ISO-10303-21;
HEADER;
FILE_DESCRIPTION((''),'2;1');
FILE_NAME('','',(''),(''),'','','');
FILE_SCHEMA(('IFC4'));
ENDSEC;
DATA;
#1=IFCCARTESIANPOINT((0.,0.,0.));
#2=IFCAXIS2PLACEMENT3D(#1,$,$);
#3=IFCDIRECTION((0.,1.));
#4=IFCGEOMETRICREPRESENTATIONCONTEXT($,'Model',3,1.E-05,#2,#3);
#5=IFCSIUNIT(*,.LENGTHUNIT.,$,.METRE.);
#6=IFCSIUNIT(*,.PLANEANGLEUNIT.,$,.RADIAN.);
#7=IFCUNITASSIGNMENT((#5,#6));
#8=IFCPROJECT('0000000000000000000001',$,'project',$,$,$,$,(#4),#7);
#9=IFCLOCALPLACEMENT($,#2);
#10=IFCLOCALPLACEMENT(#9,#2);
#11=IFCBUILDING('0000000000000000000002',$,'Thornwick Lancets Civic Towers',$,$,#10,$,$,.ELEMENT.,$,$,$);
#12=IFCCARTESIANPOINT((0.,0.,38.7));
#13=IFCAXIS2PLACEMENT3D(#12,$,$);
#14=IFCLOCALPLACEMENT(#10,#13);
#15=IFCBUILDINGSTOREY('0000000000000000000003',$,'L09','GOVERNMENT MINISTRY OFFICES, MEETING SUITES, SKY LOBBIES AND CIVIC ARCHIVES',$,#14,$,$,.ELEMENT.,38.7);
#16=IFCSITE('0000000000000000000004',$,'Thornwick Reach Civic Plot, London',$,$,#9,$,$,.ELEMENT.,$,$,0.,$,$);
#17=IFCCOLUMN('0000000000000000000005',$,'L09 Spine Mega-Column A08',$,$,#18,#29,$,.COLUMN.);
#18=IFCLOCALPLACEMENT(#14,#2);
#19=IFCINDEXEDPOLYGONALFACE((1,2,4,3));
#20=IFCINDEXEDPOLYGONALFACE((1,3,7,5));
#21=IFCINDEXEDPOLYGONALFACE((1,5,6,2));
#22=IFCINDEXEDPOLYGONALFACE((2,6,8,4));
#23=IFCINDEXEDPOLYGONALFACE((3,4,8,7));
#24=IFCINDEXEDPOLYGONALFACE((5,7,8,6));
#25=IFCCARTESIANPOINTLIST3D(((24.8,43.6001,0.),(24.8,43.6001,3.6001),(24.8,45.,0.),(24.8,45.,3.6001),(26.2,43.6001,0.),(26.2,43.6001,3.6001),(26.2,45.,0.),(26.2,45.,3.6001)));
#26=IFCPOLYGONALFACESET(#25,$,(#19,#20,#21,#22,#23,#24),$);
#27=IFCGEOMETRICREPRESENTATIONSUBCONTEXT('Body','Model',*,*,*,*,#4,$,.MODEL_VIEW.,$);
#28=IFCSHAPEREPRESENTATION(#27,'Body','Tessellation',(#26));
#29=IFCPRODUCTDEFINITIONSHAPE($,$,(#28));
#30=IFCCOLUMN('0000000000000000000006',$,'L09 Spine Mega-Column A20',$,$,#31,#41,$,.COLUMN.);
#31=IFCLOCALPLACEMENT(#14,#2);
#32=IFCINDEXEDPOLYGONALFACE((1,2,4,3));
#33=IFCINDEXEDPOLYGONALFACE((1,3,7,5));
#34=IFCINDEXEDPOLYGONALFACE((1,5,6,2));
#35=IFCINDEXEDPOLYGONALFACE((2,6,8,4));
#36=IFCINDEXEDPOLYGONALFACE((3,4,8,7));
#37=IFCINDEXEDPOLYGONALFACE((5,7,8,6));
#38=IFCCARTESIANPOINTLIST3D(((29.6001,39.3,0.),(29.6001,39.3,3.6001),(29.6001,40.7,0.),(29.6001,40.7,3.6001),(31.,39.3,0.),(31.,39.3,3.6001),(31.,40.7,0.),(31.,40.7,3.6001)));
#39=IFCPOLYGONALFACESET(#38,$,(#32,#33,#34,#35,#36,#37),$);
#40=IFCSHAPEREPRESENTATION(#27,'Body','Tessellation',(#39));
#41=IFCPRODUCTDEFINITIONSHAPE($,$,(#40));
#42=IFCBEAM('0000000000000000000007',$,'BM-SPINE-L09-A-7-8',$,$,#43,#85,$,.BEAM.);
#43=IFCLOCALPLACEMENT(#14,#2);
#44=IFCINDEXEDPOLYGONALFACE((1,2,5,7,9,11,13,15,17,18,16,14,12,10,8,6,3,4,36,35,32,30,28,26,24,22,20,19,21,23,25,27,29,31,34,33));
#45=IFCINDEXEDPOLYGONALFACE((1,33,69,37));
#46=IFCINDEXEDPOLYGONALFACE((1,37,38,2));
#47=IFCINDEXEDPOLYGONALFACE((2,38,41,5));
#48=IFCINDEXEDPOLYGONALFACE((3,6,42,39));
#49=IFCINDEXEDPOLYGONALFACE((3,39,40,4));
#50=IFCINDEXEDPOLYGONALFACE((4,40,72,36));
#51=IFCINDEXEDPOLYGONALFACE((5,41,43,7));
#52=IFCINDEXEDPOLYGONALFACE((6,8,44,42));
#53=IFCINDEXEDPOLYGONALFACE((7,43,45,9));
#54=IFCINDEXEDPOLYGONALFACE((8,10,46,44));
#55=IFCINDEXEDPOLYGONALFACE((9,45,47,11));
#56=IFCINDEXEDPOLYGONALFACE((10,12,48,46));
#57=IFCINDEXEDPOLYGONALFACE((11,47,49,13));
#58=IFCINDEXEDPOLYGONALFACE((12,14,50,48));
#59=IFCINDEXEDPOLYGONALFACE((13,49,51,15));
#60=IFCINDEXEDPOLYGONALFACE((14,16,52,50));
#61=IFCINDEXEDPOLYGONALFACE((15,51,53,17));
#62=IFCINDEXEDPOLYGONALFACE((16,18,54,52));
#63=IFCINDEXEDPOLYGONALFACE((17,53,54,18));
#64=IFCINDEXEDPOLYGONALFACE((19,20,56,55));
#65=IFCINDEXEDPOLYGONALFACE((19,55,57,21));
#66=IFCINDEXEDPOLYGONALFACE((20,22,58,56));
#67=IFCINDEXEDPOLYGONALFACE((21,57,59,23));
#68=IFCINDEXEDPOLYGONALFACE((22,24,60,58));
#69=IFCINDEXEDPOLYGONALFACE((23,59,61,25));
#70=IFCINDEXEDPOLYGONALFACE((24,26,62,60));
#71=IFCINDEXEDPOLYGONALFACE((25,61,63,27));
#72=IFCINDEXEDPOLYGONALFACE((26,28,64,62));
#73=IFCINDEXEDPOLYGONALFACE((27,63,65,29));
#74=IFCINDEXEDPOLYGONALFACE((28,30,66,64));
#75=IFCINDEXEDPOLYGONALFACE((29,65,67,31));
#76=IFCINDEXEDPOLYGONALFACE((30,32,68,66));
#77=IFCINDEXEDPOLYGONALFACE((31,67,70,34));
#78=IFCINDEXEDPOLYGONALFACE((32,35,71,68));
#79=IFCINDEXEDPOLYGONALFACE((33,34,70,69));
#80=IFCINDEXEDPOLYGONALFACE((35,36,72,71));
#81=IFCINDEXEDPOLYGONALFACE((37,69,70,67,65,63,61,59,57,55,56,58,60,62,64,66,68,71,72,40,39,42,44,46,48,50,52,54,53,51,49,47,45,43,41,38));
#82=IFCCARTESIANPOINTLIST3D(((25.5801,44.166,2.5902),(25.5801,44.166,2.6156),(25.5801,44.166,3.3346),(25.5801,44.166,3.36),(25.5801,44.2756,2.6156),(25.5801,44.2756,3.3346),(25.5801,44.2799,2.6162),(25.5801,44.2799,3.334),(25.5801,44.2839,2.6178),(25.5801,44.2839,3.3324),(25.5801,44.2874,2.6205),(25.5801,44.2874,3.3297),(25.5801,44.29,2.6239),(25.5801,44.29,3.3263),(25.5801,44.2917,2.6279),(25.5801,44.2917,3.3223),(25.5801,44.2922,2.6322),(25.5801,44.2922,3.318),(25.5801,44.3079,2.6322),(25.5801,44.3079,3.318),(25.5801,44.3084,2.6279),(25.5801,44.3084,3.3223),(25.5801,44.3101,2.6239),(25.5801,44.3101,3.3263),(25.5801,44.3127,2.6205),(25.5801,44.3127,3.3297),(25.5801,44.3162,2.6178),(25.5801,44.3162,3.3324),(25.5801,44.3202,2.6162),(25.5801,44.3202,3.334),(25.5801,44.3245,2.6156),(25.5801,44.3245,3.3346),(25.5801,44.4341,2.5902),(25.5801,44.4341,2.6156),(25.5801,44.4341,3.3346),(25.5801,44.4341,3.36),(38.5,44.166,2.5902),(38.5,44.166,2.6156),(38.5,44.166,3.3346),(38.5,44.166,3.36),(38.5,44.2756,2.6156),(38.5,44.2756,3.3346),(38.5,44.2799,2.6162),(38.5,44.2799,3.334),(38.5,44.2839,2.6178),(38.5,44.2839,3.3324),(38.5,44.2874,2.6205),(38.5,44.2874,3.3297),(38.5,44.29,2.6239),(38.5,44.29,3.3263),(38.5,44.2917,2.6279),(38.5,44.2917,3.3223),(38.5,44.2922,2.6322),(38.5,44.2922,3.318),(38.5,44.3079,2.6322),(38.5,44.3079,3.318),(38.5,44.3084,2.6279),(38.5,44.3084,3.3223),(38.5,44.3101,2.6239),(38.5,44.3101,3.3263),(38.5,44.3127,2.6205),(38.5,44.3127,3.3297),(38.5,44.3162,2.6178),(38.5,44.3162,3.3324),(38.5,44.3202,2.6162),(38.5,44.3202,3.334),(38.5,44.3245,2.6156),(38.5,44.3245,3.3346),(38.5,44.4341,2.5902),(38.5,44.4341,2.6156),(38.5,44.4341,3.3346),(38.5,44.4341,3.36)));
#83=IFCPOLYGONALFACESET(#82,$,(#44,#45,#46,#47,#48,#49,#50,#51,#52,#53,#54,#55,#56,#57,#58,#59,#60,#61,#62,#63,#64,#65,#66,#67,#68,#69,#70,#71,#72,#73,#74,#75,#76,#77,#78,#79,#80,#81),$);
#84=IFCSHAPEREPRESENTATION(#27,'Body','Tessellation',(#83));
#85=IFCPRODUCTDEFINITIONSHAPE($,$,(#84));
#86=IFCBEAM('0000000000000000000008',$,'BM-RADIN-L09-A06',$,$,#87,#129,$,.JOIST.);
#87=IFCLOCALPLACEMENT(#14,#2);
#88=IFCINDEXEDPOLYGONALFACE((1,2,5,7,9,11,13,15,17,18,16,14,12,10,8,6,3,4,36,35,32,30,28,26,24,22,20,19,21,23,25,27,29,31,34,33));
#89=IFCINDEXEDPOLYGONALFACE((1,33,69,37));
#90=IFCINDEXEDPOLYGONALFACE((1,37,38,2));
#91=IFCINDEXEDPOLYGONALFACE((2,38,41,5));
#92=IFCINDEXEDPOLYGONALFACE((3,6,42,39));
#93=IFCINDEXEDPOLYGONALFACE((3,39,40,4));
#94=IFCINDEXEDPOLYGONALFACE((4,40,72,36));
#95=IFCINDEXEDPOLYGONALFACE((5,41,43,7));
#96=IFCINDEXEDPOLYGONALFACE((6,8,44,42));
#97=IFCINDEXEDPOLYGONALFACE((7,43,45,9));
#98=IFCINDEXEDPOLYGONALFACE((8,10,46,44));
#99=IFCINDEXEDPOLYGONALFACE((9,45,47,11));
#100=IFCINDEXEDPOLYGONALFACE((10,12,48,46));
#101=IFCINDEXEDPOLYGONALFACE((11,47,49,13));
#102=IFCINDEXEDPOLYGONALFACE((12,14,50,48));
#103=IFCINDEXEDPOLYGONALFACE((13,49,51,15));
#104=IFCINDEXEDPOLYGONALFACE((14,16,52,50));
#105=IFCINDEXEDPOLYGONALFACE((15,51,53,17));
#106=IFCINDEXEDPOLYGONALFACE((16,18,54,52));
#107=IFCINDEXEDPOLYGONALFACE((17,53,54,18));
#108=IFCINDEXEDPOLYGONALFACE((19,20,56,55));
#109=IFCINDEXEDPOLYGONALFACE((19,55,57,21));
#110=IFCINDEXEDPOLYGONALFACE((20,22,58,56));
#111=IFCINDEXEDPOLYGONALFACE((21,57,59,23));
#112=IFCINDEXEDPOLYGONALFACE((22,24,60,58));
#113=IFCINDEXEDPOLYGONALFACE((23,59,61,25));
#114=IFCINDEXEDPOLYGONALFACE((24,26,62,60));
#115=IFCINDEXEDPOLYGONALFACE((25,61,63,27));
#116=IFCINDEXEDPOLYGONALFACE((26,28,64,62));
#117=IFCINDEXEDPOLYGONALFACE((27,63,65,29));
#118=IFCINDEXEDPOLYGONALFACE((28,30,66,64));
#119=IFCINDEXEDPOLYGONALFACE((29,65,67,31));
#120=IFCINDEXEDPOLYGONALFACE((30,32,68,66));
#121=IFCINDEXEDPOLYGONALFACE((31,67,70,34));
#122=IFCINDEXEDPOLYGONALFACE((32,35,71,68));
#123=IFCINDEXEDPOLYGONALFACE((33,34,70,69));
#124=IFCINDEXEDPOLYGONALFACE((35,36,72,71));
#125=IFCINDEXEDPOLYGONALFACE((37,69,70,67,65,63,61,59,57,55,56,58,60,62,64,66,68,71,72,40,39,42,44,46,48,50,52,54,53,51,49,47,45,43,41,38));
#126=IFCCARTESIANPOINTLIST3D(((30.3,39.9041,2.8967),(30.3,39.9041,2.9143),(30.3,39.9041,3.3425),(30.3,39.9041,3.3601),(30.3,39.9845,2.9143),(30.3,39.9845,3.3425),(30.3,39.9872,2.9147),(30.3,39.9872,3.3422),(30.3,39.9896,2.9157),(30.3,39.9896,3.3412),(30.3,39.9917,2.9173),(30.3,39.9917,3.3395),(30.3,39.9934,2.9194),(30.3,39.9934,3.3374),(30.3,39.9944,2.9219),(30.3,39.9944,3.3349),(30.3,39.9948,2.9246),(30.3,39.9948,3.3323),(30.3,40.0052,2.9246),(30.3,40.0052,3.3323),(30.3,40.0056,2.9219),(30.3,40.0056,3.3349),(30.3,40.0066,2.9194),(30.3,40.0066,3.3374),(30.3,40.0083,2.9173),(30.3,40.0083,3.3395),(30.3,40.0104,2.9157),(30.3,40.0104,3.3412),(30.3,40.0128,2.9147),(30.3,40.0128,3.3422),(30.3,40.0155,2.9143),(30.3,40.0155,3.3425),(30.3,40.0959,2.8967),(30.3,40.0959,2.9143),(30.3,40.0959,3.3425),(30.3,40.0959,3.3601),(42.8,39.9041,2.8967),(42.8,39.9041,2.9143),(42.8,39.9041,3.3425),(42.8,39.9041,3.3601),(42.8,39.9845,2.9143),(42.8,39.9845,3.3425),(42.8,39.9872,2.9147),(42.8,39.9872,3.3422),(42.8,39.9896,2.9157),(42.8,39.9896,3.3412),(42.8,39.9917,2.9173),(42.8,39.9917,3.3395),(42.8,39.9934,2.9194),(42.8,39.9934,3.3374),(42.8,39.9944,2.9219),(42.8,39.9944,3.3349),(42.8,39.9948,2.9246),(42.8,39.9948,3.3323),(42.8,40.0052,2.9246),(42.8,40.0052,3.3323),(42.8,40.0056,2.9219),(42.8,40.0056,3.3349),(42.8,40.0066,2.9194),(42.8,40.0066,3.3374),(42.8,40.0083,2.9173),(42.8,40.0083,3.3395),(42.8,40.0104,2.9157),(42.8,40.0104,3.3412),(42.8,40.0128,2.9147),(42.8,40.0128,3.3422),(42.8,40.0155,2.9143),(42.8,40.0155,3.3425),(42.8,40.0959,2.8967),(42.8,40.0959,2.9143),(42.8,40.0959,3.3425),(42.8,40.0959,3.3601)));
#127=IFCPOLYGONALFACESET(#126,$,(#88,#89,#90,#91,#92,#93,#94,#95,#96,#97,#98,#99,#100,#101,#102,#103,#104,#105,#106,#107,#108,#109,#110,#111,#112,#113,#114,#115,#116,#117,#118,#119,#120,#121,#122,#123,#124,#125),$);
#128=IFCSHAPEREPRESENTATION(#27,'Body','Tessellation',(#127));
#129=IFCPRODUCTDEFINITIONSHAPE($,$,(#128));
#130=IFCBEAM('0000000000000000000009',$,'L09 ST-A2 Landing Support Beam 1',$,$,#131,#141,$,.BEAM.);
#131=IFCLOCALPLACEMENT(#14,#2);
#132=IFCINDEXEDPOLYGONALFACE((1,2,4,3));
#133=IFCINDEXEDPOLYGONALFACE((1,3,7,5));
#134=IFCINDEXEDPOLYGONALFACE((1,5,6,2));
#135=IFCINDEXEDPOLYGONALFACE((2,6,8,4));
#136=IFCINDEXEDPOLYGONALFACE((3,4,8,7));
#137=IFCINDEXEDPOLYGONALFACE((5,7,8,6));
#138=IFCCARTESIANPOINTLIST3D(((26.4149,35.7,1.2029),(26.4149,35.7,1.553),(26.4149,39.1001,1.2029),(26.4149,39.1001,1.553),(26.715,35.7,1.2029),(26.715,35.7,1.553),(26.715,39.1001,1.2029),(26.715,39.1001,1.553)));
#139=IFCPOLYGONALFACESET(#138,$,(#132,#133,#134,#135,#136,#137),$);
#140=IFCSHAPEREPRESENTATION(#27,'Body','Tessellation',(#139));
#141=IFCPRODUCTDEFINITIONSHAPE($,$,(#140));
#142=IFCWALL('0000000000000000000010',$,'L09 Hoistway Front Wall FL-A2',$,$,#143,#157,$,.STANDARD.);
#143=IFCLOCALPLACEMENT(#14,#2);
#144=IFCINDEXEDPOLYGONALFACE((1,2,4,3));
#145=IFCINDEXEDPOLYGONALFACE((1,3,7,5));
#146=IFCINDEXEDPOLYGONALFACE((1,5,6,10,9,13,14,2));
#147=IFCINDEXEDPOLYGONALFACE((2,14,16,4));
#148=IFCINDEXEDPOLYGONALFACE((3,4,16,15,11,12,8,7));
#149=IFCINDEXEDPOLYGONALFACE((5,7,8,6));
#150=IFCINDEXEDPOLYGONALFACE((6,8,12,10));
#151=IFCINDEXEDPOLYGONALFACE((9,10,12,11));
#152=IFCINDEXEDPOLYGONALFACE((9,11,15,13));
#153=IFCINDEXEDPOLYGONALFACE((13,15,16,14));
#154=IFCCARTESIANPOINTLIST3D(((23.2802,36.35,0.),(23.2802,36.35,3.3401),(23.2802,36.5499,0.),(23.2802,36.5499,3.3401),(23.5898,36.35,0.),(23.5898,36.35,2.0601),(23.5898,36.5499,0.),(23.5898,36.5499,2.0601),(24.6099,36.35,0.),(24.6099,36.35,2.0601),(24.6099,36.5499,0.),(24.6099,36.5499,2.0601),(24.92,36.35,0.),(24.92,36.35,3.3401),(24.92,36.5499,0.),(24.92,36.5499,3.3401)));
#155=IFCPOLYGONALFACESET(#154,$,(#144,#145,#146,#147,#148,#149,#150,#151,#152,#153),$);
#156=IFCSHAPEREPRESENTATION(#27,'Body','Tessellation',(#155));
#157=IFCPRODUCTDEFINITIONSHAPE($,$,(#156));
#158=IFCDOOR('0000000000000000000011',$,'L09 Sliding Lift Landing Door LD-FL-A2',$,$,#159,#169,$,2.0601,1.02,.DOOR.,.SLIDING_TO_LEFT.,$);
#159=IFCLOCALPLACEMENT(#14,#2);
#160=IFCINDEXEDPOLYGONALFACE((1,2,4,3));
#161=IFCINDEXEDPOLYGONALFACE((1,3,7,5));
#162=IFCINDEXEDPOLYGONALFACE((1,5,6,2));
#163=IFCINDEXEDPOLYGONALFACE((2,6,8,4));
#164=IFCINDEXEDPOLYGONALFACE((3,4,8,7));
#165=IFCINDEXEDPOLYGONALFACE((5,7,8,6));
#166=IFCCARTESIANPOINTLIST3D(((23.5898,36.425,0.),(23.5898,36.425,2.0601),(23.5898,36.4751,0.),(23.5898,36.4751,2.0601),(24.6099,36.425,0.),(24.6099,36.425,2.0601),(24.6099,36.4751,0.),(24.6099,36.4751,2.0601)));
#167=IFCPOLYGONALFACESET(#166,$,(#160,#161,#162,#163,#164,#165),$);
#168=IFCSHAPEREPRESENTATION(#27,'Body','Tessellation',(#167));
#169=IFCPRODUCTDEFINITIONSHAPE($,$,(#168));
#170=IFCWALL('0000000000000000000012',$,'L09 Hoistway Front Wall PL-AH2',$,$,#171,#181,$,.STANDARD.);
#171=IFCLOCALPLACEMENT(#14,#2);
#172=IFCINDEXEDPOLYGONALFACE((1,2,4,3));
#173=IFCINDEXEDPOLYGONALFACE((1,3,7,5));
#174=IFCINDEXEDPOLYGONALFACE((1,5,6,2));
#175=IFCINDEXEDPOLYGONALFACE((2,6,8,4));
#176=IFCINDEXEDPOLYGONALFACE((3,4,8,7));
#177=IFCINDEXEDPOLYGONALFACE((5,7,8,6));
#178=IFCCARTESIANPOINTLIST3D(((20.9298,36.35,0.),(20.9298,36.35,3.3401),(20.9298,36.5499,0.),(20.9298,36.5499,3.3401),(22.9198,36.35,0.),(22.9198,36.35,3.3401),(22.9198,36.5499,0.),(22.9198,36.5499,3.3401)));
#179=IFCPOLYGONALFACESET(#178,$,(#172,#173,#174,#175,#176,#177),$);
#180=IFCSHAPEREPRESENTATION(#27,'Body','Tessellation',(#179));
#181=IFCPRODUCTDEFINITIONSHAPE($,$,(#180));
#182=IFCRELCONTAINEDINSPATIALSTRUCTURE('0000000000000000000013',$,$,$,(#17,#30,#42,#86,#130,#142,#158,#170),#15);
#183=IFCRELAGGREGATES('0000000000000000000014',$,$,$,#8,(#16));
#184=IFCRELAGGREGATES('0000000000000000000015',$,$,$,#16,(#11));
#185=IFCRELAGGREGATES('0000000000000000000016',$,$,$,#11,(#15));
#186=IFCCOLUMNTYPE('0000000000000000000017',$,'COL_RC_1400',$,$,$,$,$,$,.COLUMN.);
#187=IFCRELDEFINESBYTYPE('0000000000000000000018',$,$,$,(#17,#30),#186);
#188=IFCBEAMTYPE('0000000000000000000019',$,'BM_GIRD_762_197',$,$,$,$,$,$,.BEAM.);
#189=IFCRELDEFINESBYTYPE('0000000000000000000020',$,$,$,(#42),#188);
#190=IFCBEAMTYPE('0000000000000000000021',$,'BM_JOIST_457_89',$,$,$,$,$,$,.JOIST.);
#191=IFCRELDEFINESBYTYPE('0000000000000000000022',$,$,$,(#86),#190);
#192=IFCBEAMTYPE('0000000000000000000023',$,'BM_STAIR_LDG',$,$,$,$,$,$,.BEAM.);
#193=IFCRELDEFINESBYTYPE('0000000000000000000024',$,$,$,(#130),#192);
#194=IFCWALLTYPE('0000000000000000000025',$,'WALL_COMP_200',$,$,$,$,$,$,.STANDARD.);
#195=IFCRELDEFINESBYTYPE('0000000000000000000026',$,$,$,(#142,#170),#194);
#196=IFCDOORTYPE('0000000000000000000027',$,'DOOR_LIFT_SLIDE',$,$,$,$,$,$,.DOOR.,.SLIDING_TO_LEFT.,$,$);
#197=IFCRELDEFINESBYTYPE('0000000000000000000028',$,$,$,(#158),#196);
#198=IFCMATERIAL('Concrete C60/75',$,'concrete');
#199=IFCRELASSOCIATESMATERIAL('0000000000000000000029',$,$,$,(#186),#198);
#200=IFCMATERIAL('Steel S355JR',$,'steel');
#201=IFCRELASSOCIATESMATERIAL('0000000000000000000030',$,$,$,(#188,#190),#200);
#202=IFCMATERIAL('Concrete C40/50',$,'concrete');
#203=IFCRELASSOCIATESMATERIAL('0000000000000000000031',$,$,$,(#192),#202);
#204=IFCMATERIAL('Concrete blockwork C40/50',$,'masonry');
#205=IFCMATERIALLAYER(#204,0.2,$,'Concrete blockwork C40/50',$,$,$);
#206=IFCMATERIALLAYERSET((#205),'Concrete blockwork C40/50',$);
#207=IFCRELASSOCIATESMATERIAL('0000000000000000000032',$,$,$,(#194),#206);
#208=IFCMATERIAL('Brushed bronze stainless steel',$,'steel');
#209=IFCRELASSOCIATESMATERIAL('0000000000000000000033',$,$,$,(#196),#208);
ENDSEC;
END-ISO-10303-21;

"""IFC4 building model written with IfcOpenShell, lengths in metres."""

from ifc_helpers import new_model, si_unit, direction, frame, frame_2d, origin, origin_2d, place, context, subcontext, project, spatial, rectangle, i_section, extrude, material, layer, layer_set, material_profile, profile_set, type_object, element, fill, save


model = new_model("IFC4")

# Units and contexts
model_context = context("Model", 3, precision=1e-05, world=origin(), true_north=direction((0.0, 1.0)))
body_context = subcontext(model_context, "Body", "Model", "MODEL_VIEW")
ifc_project = project(units=[si_unit("LENGTHUNIT", "METRE"), si_unit("PLANEANGLEUNIT", "RADIAN")], contexts=[model_context])

# Site, building, storey
site_placement = place(None, origin())
site = spatial("IfcSite", under=ifc_project, at=site_placement, Name="Thornwick Reach Civic Plot, London", CompositionType="ELEMENT", RefElevation=0.0)
building_placement = place(site_placement, origin())
building = spatial("IfcBuilding", under=site, at=building_placement, Name="Thornwick Lancets Civic Towers", CompositionType="ELEMENT")
storey_placement = place(building_placement, frame((0.0, 0.0, 38.7)))
storey = spatial("IfcBuildingStorey", under=building, at=storey_placement, Name="L09", Description="GOVERNMENT MINISTRY OFFICES, MEETING SUITES, SKY LOBBIES AND CIVIC ARCHIVES", CompositionType="ELEMENT", Elevation=38.7)

# Columns
ifc_material_1 = material(Name="Concrete C60/75", Category="concrete")
ifc_material_profile_1 = material_profile(ifc_material_1, rectangle(XDim=1.3999, YDim=1.3999, at=origin_2d()), Name="RC 1400x1400")
ifc_profile_set_1 = profile_set([ifc_material_profile_1], Name="Concrete C60/75")
column_type = type_object("IfcColumnType", Name="COL_RC_1400", PredefinedType="COLUMN", material=ifc_profile_set_1)
for number, where, z_axis, x_axis, name in (
    (1, (25.5, 44.3, 0.0), (0.0, 0.0, 1.0), (1.0, 0.0, 0.0), "L09 Spine Mega-Column A08"),
    (2, (30.3, 40.0, 0.0), (0.0, 0.0, 1.0), (1.0, 0.0, 0.0), "L09 Spine Mega-Column A20"),
):
    element("IfcColumn", number, at=place(storey_placement, frame(where, z_axis=z_axis, x_axis=x_axis)), inside=storey, type_object=column_type, Name=name, PredefinedType="COLUMN", context=body_context, shape_type="SweptSolid", body=[
        extrude(rectangle(XDim=1.3999, YDim=1.3999, at=origin_2d()), origin(), (0.0, 0.0, 1.0), 3.6001),
    ])

# Beams
ifc_material_2 = material(Name="Steel S355JR", Category="steel")
ifc_material_profile_2 = material_profile(ifc_material_2, i_section(OverallWidth=0.2681, OverallDepth=0.7698, WebThickness=0.0156, FlangeThickness=0.0254, FilletRadius=0.0166, at=origin_2d()), Name="UKB 762x267x197")
ifc_profile_set_2 = profile_set([ifc_material_profile_2], Name="Steel S355JR")
beam_type_1 = type_object("IfcBeamType", Name="BM_GIRD_762_197", PredefinedType="BEAM", material=ifc_profile_set_2)
beam_1_placement = place(storey_placement, frame((25.5801, 44.3, 2.9751), z_axis=(1.0, 0.0, 0.0), x_axis=(0.0, 1.0, 0.0)))
element("IfcBeam", 3, at=beam_1_placement, inside=storey, type_object=beam_type_1, Name="BM-SPINE-L09-A-7-8", PredefinedType="BEAM", context=body_context, shape_type="SweptSolid", body=[
    extrude(i_section(OverallWidth=0.2681, OverallDepth=0.7698, WebThickness=0.0156, FlangeThickness=0.0254, FilletRadius=0.0166, at=origin_2d()), origin(), (0.0, 0.0, 1.0), 12.9199),
])
ifc_material_profile_3 = material_profile(ifc_material_2, i_section(OverallWidth=0.1919, OverallDepth=0.4634, WebThickness=0.0105, FlangeThickness=0.0176, FilletRadius=0.0103, at=origin_2d()), Name="UKB 457x191x89")
ifc_profile_set_3 = profile_set([ifc_material_profile_3], Name="Steel S355JR")
beam_type_2 = type_object("IfcBeamType", Name="BM_JOIST_457_89", PredefinedType="JOIST", material=ifc_profile_set_3)
beam_2_placement = place(storey_placement, frame((30.3, 40.0, 3.1284), z_axis=(1.0, 0.0, 0.0), x_axis=(0.0, 1.0, 0.0)))
element("IfcBeam", 4, at=beam_2_placement, inside=storey, type_object=beam_type_2, Name="BM-RADIN-L09-A06", PredefinedType="JOIST", context=body_context, shape_type="SweptSolid", body=[
    extrude(i_section(OverallWidth=0.1919, OverallDepth=0.4634, WebThickness=0.0105, FlangeThickness=0.0176, FilletRadius=0.0103, at=origin_2d()), origin(), (0.0, 0.0, 1.0), 12.5),
])
ifc_material_3 = material(Name="Concrete C40/50", Category="concrete")
ifc_material_profile_4 = material_profile(ifc_material_3, rectangle(XDim=0.3, YDim=0.3501, at=origin_2d()), Name="RC 300x350")
ifc_profile_set_4 = profile_set([ifc_material_profile_4], Name="Concrete C40/50")
beam_type_3 = type_object("IfcBeamType", Name="BM_STAIR_LDG", PredefinedType="BEAM", material=ifc_profile_set_4)
beam_3_placement = place(storey_placement, frame((26.5649, 39.1001, 1.3779), z_axis=(0.0, -1.0, 0.0), x_axis=(1.0, 0.0, 0.0)))
element("IfcBeam", 5, at=beam_3_placement, inside=storey, type_object=beam_type_3, Name="L09 ST-A2 Landing Support Beam 1", PredefinedType="BEAM", context=body_context, shape_type="SweptSolid", body=[
    extrude(rectangle(XDim=0.3, YDim=0.3501, at=origin_2d()), origin(), (0.0, 0.0, 1.0), 3.4001),
])

# Wall, opening, door
ifc_material_4 = material(Name="Concrete blockwork C40/50", Category="masonry")
ifc_layer = layer(ifc_material_4, 0.2, Name="Concrete blockwork C40/50")
ifc_layer_set = layer_set([ifc_layer], Name="Concrete blockwork C40/50")
wall_type = type_object("IfcWallType", Name="WALL_COMP_200", PredefinedType="STANDARD", material=ifc_layer_set)
wall_1_placement = place(storey_placement, frame((24.9199, 36.45, 0.0), z_axis=(0.0, 0.0, 1.0), x_axis=(-1.0, 0.0, 0.0)))
wall_1 = element("IfcWall", 6, at=wall_1_placement, inside=storey, type_object=wall_type, Name="L09 Hoistway Front Wall FL-A2", PredefinedType="STANDARD", context=body_context, shape_type="SweptSolid", body=[
    extrude(rectangle(XDim=1.6399, YDim=0.2, at=frame_2d((0.8198, 0.0))), origin(), (0.0, 0.0, 1.0), 3.3401),
])
opening_placement = place(wall_1_placement, frame((0.3101, 0.0, 0.0)))
opening = element("IfcOpeningElement", 7, at=opening_placement, cuts=wall_1, PredefinedType="OPENING", context=body_context, shape_type="SweptSolid", body=[
    extrude(rectangle(XDim=1.02, YDim=2.0601, at=frame_2d((0.51, 1.03))), frame((0.0, 0.1099, 0.0), z_axis=(0.0, -1.0, 0.0), x_axis=(1.0, 0.0, 0.0)), (0.0, 0.0, 1.0), 0.22),
])
ifc_material_5 = material(Name="Brushed bronze stainless steel", Category="steel")
door_type = type_object("IfcDoorType", Name="DOOR_LIFT_SLIDE", OperationType="SLIDING_TO_LEFT", PredefinedType="DOOR", material=ifc_material_5)
door_placement = place(opening_placement, origin())
door = element("IfcDoor", 8, at=door_placement, inside=storey, type_object=door_type, Name="L09 Sliding Lift Landing Door LD-FL-A2", OperationType="SLIDING_TO_LEFT", OverallHeight=2.0601, OverallWidth=1.02, PredefinedType="DOOR", context=body_context, shape_type="SweptSolid", body=[
    extrude(rectangle(XDim=1.02, YDim=2.0601, at=frame_2d((0.51, 1.03))), frame((0.0, 0.0249, 0.0), z_axis=(0.0, -1.0, 0.0), x_axis=(1.0, 0.0, 0.0)), (0.0, 0.0, 1.0), 0.05),
])
fill(opening, door)

# Wall
wall_2_placement = place(storey_placement, frame((22.9199, 36.45, 0.0), z_axis=(0.0, 0.0, 1.0), x_axis=(-1.0, 0.0, 0.0)))
element("IfcWall", 9, at=wall_2_placement, inside=storey, type_object=wall_type, Name="L09 Hoistway Front Wall PL-AH2", PredefinedType="STANDARD", context=body_context, shape_type="SweptSolid", body=[
    extrude(rectangle(XDim=1.99, YDim=0.2, at=frame_2d((0.9951, 0.0))), origin(), (0.0, 0.0, 1.0), 3.3401),
])

save(model, "model.ifc")
